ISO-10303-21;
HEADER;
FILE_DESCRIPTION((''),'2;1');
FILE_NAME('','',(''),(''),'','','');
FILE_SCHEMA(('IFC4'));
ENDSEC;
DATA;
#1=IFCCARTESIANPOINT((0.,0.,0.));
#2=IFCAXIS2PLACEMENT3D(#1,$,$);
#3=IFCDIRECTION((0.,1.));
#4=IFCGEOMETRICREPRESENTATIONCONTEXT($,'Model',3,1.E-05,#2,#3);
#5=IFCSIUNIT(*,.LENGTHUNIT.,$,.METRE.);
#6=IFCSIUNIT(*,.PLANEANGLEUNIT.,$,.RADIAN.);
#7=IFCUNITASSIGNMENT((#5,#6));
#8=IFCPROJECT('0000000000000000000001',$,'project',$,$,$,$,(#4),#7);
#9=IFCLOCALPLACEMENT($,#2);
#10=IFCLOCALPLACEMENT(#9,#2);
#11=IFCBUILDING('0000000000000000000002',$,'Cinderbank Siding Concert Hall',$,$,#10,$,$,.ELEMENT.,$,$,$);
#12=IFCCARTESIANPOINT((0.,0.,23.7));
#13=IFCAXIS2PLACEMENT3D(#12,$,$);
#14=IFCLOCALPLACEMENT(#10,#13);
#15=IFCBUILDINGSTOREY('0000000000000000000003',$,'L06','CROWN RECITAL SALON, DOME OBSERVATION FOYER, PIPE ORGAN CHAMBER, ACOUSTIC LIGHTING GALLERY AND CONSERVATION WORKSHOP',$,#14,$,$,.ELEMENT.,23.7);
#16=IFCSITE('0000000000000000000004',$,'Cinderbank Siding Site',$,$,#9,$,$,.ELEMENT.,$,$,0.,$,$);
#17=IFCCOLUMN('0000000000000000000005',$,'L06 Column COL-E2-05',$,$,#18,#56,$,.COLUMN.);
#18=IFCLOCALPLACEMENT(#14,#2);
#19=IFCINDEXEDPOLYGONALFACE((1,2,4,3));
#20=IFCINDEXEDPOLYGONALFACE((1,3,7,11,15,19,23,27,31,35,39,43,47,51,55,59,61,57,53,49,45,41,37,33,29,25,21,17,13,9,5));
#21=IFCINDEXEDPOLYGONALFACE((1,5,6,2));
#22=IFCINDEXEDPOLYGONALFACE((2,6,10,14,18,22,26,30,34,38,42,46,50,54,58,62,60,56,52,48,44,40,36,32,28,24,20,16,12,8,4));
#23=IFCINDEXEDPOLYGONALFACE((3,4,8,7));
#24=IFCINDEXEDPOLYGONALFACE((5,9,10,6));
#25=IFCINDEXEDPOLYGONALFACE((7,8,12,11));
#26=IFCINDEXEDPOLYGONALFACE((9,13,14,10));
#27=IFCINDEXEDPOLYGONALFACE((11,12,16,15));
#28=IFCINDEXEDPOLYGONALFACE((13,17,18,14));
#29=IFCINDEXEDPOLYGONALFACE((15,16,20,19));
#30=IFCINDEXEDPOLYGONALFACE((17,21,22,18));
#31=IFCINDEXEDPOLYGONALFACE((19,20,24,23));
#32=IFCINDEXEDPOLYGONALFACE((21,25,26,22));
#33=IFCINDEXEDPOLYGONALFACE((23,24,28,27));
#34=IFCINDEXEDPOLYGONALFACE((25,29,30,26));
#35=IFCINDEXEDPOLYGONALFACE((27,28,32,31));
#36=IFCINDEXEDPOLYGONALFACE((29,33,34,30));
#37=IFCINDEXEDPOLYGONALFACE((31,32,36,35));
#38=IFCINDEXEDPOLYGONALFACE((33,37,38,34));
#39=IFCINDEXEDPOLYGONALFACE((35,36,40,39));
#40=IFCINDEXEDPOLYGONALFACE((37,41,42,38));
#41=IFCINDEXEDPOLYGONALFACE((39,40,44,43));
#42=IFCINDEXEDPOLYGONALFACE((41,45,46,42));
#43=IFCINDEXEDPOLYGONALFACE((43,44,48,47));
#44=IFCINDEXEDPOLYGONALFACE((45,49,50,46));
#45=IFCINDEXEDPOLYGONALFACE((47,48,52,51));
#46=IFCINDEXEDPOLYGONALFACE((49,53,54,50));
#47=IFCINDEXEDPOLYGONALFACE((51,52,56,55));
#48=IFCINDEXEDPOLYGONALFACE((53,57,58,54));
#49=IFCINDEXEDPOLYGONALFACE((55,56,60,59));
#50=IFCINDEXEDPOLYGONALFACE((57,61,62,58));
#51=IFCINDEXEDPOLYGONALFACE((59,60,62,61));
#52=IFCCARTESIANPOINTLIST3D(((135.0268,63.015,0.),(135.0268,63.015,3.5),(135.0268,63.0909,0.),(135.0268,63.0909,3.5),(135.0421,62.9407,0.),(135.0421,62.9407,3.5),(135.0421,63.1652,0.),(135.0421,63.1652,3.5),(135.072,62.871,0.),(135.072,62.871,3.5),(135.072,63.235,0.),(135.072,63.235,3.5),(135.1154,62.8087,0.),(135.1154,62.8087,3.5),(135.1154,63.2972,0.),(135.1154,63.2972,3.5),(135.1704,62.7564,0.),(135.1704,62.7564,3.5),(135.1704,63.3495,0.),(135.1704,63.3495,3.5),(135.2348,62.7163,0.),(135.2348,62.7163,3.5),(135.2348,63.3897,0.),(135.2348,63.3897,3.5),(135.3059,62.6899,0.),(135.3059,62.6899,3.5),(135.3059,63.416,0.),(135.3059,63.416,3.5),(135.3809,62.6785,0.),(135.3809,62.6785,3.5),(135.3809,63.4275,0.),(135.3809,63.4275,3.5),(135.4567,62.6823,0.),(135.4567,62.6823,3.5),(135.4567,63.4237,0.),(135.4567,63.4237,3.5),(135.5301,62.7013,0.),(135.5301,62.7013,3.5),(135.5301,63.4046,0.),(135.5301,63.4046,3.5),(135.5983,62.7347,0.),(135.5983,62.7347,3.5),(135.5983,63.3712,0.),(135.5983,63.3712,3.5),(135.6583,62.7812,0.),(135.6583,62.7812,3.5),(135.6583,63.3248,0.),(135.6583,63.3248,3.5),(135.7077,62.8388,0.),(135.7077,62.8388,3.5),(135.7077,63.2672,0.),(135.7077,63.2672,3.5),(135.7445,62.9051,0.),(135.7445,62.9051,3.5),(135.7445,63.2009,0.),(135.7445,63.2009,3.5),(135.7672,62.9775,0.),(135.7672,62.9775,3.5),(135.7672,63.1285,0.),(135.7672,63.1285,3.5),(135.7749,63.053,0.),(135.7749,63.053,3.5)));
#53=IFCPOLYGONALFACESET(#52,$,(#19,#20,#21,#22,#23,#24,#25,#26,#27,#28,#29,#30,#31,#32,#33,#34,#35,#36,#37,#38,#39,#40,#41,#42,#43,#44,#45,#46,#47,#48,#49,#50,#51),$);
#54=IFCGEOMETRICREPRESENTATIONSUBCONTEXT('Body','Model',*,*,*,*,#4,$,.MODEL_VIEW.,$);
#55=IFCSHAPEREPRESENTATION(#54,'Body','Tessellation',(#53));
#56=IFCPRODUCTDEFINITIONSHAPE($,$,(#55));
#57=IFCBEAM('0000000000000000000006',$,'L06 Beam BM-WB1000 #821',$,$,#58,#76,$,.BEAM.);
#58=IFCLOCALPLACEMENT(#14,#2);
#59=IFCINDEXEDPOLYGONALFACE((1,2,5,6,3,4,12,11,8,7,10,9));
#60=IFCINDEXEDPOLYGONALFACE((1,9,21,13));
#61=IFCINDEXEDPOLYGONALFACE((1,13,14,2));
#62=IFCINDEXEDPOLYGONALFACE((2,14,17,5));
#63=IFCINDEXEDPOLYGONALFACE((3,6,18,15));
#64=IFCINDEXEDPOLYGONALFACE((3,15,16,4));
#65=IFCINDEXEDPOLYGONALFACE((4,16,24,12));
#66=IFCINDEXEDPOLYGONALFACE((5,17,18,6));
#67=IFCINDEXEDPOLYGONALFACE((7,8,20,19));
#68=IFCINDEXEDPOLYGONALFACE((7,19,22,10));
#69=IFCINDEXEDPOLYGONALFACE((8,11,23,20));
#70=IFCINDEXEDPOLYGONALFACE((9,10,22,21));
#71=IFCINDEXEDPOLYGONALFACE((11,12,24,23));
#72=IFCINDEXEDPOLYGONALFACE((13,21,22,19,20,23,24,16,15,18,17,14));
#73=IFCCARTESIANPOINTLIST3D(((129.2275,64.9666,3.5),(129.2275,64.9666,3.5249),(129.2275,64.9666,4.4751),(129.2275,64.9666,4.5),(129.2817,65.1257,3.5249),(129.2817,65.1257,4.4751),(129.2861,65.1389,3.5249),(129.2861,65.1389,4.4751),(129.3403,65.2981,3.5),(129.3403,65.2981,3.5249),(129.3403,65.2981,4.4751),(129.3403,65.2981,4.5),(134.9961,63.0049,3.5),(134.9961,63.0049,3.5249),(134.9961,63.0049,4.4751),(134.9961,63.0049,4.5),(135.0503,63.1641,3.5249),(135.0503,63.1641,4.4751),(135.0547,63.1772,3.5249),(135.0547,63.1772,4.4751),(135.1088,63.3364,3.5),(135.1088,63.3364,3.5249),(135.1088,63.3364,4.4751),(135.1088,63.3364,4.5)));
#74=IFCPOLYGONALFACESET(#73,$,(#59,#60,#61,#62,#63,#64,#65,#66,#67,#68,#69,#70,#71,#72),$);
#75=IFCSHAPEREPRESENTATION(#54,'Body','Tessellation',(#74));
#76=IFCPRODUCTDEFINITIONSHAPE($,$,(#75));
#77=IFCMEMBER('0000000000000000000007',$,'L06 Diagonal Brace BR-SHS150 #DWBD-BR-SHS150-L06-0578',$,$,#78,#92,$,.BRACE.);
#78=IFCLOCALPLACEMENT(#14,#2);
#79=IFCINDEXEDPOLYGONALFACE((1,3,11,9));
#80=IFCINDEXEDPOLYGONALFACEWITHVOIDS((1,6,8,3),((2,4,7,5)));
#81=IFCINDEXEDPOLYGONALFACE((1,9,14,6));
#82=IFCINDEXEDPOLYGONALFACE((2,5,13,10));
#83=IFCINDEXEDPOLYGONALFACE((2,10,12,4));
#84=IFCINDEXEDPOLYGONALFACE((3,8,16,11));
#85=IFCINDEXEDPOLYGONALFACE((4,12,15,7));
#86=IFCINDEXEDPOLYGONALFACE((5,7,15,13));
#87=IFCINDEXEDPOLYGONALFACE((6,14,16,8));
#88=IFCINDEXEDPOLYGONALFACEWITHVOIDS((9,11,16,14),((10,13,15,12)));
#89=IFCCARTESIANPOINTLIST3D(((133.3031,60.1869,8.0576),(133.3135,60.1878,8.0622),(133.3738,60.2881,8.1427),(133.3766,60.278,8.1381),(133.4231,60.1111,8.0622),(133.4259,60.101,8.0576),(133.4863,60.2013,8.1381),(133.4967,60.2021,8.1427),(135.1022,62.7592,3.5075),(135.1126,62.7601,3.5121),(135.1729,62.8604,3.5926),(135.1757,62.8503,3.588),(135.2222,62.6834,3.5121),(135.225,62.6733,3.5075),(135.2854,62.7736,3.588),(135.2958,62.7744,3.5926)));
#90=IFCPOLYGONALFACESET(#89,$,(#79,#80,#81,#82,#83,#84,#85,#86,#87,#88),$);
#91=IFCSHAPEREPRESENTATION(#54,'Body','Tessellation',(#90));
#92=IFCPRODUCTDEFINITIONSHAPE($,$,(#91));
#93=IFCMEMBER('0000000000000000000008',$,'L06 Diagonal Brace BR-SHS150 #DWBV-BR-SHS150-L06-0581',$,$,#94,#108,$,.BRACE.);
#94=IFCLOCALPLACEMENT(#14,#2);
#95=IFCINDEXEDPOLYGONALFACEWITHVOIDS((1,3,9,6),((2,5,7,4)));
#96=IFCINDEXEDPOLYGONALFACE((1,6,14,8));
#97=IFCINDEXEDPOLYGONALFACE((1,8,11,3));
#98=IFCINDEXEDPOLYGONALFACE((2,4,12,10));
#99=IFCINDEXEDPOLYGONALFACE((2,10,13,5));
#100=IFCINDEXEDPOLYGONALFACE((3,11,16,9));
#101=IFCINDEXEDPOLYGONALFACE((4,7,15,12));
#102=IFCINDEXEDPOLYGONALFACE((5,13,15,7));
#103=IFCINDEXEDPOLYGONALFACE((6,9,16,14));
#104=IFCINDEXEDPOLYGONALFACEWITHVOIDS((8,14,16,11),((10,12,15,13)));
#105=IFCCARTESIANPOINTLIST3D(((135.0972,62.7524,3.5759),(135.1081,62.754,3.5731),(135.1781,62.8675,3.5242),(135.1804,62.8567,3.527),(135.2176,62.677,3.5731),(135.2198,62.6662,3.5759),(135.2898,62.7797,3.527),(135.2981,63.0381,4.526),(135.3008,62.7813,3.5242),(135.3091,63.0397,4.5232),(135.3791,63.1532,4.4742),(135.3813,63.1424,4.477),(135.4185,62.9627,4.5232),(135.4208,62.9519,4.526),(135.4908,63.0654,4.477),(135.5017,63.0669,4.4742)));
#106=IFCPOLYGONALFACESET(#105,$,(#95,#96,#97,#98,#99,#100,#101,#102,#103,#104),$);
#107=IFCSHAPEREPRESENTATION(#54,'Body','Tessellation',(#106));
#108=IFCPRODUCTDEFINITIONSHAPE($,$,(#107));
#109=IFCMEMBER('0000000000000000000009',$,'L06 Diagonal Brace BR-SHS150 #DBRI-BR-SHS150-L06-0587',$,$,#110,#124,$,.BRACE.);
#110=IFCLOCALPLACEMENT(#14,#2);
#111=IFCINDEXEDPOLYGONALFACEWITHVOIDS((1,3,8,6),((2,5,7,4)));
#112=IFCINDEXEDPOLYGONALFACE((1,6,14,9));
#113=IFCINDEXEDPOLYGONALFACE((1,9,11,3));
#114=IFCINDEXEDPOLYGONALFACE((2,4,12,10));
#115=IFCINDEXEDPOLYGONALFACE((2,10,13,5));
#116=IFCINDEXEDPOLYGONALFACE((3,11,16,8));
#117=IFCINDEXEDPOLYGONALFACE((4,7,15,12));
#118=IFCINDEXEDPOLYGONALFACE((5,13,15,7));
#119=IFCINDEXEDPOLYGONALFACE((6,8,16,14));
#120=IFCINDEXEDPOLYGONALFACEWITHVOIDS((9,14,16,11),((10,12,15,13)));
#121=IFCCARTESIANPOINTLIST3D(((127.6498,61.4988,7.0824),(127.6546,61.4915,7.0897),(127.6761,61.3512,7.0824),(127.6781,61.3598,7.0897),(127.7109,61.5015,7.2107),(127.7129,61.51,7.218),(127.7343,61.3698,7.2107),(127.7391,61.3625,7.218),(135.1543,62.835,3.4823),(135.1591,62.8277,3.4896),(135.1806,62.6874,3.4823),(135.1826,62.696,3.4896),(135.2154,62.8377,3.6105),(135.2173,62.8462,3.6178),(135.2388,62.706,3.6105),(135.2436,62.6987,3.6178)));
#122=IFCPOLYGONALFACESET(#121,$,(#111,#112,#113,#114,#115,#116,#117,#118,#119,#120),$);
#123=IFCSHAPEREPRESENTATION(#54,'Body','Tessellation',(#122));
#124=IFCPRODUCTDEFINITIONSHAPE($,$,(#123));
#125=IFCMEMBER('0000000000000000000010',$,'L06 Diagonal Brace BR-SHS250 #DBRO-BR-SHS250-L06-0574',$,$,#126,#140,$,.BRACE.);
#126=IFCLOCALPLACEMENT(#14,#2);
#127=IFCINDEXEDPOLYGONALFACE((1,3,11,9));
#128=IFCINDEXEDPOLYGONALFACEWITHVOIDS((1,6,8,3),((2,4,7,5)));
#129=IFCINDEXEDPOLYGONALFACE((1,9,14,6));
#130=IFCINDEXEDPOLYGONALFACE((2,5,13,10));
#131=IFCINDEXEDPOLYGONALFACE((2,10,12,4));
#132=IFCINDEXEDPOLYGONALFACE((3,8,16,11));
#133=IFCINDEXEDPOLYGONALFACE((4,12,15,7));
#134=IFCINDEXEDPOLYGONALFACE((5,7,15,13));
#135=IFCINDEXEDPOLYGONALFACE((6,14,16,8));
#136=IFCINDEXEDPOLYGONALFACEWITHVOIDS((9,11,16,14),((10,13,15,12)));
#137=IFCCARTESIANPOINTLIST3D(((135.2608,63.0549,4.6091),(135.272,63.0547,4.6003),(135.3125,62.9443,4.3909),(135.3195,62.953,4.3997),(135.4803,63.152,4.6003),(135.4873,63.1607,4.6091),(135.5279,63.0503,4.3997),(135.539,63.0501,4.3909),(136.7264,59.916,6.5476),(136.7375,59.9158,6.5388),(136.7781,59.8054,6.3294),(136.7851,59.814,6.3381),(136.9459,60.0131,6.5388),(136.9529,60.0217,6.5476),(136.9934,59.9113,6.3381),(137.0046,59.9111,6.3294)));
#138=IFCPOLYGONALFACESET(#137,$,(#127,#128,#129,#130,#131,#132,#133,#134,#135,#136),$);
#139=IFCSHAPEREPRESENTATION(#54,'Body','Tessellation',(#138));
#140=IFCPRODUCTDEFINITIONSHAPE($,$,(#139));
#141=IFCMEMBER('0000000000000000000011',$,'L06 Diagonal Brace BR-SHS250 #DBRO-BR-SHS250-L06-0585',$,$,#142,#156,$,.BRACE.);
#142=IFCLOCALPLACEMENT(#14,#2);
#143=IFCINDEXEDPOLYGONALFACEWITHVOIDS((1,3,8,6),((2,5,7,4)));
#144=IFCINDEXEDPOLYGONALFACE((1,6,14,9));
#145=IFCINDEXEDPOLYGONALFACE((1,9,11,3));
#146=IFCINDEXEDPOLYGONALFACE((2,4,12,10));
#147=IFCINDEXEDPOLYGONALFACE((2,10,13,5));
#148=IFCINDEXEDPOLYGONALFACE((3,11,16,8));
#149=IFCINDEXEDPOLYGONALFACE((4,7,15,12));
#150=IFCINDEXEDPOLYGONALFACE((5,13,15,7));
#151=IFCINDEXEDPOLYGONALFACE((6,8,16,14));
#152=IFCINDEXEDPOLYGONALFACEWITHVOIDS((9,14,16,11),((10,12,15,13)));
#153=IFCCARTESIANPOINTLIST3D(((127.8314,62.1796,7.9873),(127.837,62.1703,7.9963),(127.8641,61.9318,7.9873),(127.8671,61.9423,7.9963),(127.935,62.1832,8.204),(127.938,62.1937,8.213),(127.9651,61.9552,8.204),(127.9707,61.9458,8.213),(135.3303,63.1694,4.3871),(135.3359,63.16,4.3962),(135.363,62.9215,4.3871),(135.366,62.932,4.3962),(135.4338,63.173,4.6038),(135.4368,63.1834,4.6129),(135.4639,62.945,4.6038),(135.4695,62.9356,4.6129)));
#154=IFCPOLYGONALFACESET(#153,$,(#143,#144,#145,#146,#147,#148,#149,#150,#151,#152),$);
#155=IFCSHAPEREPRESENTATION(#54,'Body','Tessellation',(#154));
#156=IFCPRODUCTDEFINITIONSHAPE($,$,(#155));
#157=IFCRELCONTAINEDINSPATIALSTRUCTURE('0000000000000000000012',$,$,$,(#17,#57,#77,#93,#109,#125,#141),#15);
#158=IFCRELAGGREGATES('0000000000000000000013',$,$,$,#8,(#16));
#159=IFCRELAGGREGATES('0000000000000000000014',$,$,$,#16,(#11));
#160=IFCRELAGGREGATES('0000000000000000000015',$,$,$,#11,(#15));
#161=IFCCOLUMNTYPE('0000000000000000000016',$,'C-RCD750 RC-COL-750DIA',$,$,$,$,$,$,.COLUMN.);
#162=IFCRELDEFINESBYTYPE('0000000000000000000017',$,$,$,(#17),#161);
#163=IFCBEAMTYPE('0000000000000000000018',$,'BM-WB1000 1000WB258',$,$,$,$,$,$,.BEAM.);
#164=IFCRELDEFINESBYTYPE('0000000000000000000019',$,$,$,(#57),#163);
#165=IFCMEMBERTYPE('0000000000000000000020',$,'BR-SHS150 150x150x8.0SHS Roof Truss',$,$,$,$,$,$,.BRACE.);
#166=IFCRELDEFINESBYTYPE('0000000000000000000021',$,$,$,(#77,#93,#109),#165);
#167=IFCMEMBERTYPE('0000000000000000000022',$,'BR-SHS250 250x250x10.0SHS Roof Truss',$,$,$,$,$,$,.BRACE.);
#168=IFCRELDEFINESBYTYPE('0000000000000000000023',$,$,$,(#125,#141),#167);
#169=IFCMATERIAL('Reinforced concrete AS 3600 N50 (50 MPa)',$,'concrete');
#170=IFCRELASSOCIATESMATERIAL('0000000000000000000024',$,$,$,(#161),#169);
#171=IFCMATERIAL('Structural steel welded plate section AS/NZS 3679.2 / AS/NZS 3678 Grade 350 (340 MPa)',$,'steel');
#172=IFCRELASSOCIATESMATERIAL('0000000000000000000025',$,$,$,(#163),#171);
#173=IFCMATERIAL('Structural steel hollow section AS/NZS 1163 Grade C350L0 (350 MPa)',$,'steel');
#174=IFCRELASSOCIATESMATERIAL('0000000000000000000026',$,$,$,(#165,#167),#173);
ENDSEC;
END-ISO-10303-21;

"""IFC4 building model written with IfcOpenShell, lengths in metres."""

from ifc_helpers import new_model, si_unit, direction, frame, origin, origin_2d, place, context, subcontext, project, spatial, hollow_rectangle, circle, i_section, extrude, material, material_profile, profile_set, type_object, element, save


model = new_model("IFC4")

# Units and contexts
model_context = context("Model", 3, precision=1e-05, world=origin(), true_north=direction((0.0, 1.0)))
body_context = subcontext(model_context, "Body", "Model", "MODEL_VIEW")
ifc_project = project(units=[si_unit("LENGTHUNIT", "METRE"), si_unit("PLANEANGLEUNIT", "RADIAN")], contexts=[model_context])

# Site, building, storey
site_placement = place(None, origin())
site = spatial("IfcSite", under=ifc_project, at=site_placement, Name="Cinderbank Siding Site", CompositionType="ELEMENT", RefElevation=0.0)
building_placement = place(site_placement, origin())
building = spatial("IfcBuilding", under=site, at=building_placement, Name="Cinderbank Siding Concert Hall", CompositionType="ELEMENT")
storey_placement = place(building_placement, frame((0.0, 0.0, 23.7)))
storey = spatial("IfcBuildingStorey", under=building, at=storey_placement, Name="L06", Description="CROWN RECITAL SALON, DOME OBSERVATION FOYER, PIPE ORGAN CHAMBER, ACOUSTIC LIGHTING GALLERY AND CONSERVATION WORKSHOP", CompositionType="ELEMENT", Elevation=23.7)

# Column
ifc_material_1 = material(Name="Reinforced concrete AS 3600 N50 (50 MPa)", Category="concrete")
ifc_material_profile_1 = material_profile(ifc_material_1, circle(Radius=0.375, at=origin_2d()), Name="RC-COL-750DIA", Category="LoadBearing")
ifc_profile_set_1 = profile_set([ifc_material_profile_1], Name="Reinforced concrete AS 3600 N50 (50 MPa)")
column_type = type_object("IfcColumnType", Name="C-RCD750 RC-COL-750DIA", PredefinedType="COLUMN", material=ifc_profile_set_1)
column_placement = place(storey_placement, frame((135.3999, 63.053, 0.0), z_axis=(0.0, 0.0, 1.0), x_axis=(1.0, 0.0, 0.0)))
element("IfcColumn", 1, at=column_placement, inside=storey, type_object=column_type, Name="L06 Column COL-E2-05", PredefinedType="COLUMN", context=body_context, shape_type="SweptSolid", body=[
    extrude(circle(Radius=0.375, at=origin_2d()), origin(), (0.0, 0.0, 1.0), 3.5),
])

# Beam
ifc_material_2 = material(Name="Structural steel welded plate section AS/NZS 3679.2 / AS/NZS 3678 Grade 350 (340 MPa)", Category="steel")
ifc_material_profile_2 = material_profile(ifc_material_2, i_section(OverallWidth=0.3501, OverallDepth=1.0, WebThickness=0.0139, FlangeThickness=0.0249, at=origin_2d()), Name="1000WB258", Category="LoadBearing")
ifc_profile_set_2 = profile_set([ifc_material_profile_2], Name="Structural steel welded plate section AS/NZS 3679.2 / AS/NZS 3678 Grade 350 (340 MPa)")
beam_type = type_object("IfcBeamType", Name="BM-WB1000 1000WB258", PredefinedType="BEAM", material=ifc_profile_set_2)
beam_placement = place(storey_placement, frame((135.0525, 63.1707, 4.0), z_axis=(-0.946755, 0.321956, 0.0), x_axis=(-0.321956, -0.946755, 0.0)))
element("IfcBeam", 2, at=beam_placement, inside=storey, type_object=beam_type, Name="L06 Beam BM-WB1000 #821", PredefinedType="BEAM", context=body_context, shape_type="SweptSolid", body=[
    extrude(i_section(OverallWidth=0.3501, OverallDepth=1.0, WebThickness=0.0139, FlangeThickness=0.0249, at=origin_2d()), origin(), (0.0, 0.0, 1.0), 6.093),
])

# Members
ifc_material_3 = material(Name="Structural steel hollow section AS/NZS 1163 Grade C350L0 (350 MPa)", Category="steel")
ifc_material_profile_3 = material_profile(ifc_material_3, hollow_rectangle(XDim=0.1499, YDim=0.1499, WallThickness=0.0081, at=origin_2d()), Name="150x150x8.0SHS", Category="LoadBearing")
ifc_profile_set_3 = profile_set([ifc_material_profile_3], Name="Structural steel hollow section AS/NZS 1163 Grade C350L0 (350 MPa)")
member_type_1 = type_object("IfcMemberType", Name="BR-SHS150 150x150x8.0SHS Roof Truss", PredefinedType="BRACE", material=ifc_profile_set_3)
member_1_placement = place(storey_placement, frame((135.199, 62.7668, 3.55), z_axis=(-0.325461, -0.465336, 0.823127), x_axis=(0.819458, -0.573139, 0.0)))
element("IfcMember", 3, at=member_1_placement, inside=storey, type_object=member_type_1, Name="L06 Diagonal Brace BR-SHS150 #DWBD-BR-SHS150-L06-0578", PredefinedType="BRACE", context=body_context, shape_type="SweptSolid", body=[
    extrude(hollow_rectangle(XDim=0.1499, YDim=0.1499, WallThickness=0.0081, at=origin_2d()), origin(), (0.0, 0.0, 1.0), 5.5278),
])
member_2_placement = place(storey_placement, frame((135.199, 62.7668, 3.55), z_axis=(0.198523, 0.282226, 0.938582), x_axis=(-0.817916, 0.575338, 0.0)))
element("IfcMember", 4, at=member_2_placement, inside=storey, type_object=member_type_1, Name="L06 Diagonal Brace BR-SHS150 #DWBV-BR-SHS150-L06-0581", PredefinedType="BRACE", context=body_context, shape_type="SweptSolid", body=[
    extrude(hollow_rectangle(XDim=0.1499, YDim=0.1499, WallThickness=0.0081, at=origin_2d()), origin(), (0.0, 0.0, 1.0), 1.0122),
])
member_3_placement = place(storey_placement, frame((135.199, 62.7668, 3.55), z_axis=(-0.890219, -0.158506, 0.427066), x_axis=(0.175296, -0.984516, 0.0)))
element("IfcMember", 5, at=member_3_placement, inside=storey, type_object=member_type_1, Name="L06 Diagonal Brace BR-SHS150 #DBRI-BR-SHS150-L06-0587", PredefinedType="BRACE", context=body_context, shape_type="SweptSolid", body=[
    extrude(hollow_rectangle(XDim=0.1499, YDim=0.1499, WallThickness=0.0081, at=origin_2d()), origin(), (0.0, 0.0, 1.0), 8.4299),
])
ifc_material_profile_4 = material_profile(ifc_material_3, hollow_rectangle(XDim=0.25, YDim=0.25, WallThickness=0.01, at=origin_2d()), Name="250x250x10.0SHS", Category="LoadBearing")
ifc_profile_set_4 = profile_set([ifc_material_profile_4], Name="Structural steel hollow section AS/NZS 1163 Grade C350L0 (350 MPa)")
member_type_2 = type_object("IfcMemberType", Name="BR-SHS250 250x250x10.0SHS Roof Truss", PredefinedType="BRACE", material=ifc_profile_set_4)
member_4_placement = place(storey_placement, frame((135.3999, 63.0525, 4.5), z_axis=(0.369192, -0.790722, 0.48832), x_axis=(0.9061, 0.423063, 0.0)))
element("IfcMember", 6, at=member_4_placement, inside=storey, type_object=member_type_2, Name="L06 Diagonal Brace BR-SHS250 #DBRO-BR-SHS250-L06-0574", PredefinedType="BRACE", context=body_context, shape_type="SweptSolid", body=[
    extrude(hollow_rectangle(XDim=0.25, YDim=0.25, WallThickness=0.01, at=origin_2d()), origin(), (0.0, 0.0, 1.0), 3.9697),
])
member_5_placement = place(storey_placement, frame((135.3999, 63.0525, 4.5), z_axis=(-0.895176, -0.118152, 0.429766), x_axis=(0.130853, -0.991402, 0.0)))
element("IfcMember", 7, at=member_5_placement, inside=storey, type_object=member_type_2, Name="L06 Diagonal Brace BR-SHS250 #DBRO-BR-SHS250-L06-0585", PredefinedType="BRACE", context=body_context, shape_type="SweptSolid", body=[
    extrude(hollow_rectangle(XDim=0.25, YDim=0.25, WallThickness=0.01, at=origin_2d()), origin(), (0.0, 0.0, 1.0), 8.377),
])

save(model, "model.ifc")
